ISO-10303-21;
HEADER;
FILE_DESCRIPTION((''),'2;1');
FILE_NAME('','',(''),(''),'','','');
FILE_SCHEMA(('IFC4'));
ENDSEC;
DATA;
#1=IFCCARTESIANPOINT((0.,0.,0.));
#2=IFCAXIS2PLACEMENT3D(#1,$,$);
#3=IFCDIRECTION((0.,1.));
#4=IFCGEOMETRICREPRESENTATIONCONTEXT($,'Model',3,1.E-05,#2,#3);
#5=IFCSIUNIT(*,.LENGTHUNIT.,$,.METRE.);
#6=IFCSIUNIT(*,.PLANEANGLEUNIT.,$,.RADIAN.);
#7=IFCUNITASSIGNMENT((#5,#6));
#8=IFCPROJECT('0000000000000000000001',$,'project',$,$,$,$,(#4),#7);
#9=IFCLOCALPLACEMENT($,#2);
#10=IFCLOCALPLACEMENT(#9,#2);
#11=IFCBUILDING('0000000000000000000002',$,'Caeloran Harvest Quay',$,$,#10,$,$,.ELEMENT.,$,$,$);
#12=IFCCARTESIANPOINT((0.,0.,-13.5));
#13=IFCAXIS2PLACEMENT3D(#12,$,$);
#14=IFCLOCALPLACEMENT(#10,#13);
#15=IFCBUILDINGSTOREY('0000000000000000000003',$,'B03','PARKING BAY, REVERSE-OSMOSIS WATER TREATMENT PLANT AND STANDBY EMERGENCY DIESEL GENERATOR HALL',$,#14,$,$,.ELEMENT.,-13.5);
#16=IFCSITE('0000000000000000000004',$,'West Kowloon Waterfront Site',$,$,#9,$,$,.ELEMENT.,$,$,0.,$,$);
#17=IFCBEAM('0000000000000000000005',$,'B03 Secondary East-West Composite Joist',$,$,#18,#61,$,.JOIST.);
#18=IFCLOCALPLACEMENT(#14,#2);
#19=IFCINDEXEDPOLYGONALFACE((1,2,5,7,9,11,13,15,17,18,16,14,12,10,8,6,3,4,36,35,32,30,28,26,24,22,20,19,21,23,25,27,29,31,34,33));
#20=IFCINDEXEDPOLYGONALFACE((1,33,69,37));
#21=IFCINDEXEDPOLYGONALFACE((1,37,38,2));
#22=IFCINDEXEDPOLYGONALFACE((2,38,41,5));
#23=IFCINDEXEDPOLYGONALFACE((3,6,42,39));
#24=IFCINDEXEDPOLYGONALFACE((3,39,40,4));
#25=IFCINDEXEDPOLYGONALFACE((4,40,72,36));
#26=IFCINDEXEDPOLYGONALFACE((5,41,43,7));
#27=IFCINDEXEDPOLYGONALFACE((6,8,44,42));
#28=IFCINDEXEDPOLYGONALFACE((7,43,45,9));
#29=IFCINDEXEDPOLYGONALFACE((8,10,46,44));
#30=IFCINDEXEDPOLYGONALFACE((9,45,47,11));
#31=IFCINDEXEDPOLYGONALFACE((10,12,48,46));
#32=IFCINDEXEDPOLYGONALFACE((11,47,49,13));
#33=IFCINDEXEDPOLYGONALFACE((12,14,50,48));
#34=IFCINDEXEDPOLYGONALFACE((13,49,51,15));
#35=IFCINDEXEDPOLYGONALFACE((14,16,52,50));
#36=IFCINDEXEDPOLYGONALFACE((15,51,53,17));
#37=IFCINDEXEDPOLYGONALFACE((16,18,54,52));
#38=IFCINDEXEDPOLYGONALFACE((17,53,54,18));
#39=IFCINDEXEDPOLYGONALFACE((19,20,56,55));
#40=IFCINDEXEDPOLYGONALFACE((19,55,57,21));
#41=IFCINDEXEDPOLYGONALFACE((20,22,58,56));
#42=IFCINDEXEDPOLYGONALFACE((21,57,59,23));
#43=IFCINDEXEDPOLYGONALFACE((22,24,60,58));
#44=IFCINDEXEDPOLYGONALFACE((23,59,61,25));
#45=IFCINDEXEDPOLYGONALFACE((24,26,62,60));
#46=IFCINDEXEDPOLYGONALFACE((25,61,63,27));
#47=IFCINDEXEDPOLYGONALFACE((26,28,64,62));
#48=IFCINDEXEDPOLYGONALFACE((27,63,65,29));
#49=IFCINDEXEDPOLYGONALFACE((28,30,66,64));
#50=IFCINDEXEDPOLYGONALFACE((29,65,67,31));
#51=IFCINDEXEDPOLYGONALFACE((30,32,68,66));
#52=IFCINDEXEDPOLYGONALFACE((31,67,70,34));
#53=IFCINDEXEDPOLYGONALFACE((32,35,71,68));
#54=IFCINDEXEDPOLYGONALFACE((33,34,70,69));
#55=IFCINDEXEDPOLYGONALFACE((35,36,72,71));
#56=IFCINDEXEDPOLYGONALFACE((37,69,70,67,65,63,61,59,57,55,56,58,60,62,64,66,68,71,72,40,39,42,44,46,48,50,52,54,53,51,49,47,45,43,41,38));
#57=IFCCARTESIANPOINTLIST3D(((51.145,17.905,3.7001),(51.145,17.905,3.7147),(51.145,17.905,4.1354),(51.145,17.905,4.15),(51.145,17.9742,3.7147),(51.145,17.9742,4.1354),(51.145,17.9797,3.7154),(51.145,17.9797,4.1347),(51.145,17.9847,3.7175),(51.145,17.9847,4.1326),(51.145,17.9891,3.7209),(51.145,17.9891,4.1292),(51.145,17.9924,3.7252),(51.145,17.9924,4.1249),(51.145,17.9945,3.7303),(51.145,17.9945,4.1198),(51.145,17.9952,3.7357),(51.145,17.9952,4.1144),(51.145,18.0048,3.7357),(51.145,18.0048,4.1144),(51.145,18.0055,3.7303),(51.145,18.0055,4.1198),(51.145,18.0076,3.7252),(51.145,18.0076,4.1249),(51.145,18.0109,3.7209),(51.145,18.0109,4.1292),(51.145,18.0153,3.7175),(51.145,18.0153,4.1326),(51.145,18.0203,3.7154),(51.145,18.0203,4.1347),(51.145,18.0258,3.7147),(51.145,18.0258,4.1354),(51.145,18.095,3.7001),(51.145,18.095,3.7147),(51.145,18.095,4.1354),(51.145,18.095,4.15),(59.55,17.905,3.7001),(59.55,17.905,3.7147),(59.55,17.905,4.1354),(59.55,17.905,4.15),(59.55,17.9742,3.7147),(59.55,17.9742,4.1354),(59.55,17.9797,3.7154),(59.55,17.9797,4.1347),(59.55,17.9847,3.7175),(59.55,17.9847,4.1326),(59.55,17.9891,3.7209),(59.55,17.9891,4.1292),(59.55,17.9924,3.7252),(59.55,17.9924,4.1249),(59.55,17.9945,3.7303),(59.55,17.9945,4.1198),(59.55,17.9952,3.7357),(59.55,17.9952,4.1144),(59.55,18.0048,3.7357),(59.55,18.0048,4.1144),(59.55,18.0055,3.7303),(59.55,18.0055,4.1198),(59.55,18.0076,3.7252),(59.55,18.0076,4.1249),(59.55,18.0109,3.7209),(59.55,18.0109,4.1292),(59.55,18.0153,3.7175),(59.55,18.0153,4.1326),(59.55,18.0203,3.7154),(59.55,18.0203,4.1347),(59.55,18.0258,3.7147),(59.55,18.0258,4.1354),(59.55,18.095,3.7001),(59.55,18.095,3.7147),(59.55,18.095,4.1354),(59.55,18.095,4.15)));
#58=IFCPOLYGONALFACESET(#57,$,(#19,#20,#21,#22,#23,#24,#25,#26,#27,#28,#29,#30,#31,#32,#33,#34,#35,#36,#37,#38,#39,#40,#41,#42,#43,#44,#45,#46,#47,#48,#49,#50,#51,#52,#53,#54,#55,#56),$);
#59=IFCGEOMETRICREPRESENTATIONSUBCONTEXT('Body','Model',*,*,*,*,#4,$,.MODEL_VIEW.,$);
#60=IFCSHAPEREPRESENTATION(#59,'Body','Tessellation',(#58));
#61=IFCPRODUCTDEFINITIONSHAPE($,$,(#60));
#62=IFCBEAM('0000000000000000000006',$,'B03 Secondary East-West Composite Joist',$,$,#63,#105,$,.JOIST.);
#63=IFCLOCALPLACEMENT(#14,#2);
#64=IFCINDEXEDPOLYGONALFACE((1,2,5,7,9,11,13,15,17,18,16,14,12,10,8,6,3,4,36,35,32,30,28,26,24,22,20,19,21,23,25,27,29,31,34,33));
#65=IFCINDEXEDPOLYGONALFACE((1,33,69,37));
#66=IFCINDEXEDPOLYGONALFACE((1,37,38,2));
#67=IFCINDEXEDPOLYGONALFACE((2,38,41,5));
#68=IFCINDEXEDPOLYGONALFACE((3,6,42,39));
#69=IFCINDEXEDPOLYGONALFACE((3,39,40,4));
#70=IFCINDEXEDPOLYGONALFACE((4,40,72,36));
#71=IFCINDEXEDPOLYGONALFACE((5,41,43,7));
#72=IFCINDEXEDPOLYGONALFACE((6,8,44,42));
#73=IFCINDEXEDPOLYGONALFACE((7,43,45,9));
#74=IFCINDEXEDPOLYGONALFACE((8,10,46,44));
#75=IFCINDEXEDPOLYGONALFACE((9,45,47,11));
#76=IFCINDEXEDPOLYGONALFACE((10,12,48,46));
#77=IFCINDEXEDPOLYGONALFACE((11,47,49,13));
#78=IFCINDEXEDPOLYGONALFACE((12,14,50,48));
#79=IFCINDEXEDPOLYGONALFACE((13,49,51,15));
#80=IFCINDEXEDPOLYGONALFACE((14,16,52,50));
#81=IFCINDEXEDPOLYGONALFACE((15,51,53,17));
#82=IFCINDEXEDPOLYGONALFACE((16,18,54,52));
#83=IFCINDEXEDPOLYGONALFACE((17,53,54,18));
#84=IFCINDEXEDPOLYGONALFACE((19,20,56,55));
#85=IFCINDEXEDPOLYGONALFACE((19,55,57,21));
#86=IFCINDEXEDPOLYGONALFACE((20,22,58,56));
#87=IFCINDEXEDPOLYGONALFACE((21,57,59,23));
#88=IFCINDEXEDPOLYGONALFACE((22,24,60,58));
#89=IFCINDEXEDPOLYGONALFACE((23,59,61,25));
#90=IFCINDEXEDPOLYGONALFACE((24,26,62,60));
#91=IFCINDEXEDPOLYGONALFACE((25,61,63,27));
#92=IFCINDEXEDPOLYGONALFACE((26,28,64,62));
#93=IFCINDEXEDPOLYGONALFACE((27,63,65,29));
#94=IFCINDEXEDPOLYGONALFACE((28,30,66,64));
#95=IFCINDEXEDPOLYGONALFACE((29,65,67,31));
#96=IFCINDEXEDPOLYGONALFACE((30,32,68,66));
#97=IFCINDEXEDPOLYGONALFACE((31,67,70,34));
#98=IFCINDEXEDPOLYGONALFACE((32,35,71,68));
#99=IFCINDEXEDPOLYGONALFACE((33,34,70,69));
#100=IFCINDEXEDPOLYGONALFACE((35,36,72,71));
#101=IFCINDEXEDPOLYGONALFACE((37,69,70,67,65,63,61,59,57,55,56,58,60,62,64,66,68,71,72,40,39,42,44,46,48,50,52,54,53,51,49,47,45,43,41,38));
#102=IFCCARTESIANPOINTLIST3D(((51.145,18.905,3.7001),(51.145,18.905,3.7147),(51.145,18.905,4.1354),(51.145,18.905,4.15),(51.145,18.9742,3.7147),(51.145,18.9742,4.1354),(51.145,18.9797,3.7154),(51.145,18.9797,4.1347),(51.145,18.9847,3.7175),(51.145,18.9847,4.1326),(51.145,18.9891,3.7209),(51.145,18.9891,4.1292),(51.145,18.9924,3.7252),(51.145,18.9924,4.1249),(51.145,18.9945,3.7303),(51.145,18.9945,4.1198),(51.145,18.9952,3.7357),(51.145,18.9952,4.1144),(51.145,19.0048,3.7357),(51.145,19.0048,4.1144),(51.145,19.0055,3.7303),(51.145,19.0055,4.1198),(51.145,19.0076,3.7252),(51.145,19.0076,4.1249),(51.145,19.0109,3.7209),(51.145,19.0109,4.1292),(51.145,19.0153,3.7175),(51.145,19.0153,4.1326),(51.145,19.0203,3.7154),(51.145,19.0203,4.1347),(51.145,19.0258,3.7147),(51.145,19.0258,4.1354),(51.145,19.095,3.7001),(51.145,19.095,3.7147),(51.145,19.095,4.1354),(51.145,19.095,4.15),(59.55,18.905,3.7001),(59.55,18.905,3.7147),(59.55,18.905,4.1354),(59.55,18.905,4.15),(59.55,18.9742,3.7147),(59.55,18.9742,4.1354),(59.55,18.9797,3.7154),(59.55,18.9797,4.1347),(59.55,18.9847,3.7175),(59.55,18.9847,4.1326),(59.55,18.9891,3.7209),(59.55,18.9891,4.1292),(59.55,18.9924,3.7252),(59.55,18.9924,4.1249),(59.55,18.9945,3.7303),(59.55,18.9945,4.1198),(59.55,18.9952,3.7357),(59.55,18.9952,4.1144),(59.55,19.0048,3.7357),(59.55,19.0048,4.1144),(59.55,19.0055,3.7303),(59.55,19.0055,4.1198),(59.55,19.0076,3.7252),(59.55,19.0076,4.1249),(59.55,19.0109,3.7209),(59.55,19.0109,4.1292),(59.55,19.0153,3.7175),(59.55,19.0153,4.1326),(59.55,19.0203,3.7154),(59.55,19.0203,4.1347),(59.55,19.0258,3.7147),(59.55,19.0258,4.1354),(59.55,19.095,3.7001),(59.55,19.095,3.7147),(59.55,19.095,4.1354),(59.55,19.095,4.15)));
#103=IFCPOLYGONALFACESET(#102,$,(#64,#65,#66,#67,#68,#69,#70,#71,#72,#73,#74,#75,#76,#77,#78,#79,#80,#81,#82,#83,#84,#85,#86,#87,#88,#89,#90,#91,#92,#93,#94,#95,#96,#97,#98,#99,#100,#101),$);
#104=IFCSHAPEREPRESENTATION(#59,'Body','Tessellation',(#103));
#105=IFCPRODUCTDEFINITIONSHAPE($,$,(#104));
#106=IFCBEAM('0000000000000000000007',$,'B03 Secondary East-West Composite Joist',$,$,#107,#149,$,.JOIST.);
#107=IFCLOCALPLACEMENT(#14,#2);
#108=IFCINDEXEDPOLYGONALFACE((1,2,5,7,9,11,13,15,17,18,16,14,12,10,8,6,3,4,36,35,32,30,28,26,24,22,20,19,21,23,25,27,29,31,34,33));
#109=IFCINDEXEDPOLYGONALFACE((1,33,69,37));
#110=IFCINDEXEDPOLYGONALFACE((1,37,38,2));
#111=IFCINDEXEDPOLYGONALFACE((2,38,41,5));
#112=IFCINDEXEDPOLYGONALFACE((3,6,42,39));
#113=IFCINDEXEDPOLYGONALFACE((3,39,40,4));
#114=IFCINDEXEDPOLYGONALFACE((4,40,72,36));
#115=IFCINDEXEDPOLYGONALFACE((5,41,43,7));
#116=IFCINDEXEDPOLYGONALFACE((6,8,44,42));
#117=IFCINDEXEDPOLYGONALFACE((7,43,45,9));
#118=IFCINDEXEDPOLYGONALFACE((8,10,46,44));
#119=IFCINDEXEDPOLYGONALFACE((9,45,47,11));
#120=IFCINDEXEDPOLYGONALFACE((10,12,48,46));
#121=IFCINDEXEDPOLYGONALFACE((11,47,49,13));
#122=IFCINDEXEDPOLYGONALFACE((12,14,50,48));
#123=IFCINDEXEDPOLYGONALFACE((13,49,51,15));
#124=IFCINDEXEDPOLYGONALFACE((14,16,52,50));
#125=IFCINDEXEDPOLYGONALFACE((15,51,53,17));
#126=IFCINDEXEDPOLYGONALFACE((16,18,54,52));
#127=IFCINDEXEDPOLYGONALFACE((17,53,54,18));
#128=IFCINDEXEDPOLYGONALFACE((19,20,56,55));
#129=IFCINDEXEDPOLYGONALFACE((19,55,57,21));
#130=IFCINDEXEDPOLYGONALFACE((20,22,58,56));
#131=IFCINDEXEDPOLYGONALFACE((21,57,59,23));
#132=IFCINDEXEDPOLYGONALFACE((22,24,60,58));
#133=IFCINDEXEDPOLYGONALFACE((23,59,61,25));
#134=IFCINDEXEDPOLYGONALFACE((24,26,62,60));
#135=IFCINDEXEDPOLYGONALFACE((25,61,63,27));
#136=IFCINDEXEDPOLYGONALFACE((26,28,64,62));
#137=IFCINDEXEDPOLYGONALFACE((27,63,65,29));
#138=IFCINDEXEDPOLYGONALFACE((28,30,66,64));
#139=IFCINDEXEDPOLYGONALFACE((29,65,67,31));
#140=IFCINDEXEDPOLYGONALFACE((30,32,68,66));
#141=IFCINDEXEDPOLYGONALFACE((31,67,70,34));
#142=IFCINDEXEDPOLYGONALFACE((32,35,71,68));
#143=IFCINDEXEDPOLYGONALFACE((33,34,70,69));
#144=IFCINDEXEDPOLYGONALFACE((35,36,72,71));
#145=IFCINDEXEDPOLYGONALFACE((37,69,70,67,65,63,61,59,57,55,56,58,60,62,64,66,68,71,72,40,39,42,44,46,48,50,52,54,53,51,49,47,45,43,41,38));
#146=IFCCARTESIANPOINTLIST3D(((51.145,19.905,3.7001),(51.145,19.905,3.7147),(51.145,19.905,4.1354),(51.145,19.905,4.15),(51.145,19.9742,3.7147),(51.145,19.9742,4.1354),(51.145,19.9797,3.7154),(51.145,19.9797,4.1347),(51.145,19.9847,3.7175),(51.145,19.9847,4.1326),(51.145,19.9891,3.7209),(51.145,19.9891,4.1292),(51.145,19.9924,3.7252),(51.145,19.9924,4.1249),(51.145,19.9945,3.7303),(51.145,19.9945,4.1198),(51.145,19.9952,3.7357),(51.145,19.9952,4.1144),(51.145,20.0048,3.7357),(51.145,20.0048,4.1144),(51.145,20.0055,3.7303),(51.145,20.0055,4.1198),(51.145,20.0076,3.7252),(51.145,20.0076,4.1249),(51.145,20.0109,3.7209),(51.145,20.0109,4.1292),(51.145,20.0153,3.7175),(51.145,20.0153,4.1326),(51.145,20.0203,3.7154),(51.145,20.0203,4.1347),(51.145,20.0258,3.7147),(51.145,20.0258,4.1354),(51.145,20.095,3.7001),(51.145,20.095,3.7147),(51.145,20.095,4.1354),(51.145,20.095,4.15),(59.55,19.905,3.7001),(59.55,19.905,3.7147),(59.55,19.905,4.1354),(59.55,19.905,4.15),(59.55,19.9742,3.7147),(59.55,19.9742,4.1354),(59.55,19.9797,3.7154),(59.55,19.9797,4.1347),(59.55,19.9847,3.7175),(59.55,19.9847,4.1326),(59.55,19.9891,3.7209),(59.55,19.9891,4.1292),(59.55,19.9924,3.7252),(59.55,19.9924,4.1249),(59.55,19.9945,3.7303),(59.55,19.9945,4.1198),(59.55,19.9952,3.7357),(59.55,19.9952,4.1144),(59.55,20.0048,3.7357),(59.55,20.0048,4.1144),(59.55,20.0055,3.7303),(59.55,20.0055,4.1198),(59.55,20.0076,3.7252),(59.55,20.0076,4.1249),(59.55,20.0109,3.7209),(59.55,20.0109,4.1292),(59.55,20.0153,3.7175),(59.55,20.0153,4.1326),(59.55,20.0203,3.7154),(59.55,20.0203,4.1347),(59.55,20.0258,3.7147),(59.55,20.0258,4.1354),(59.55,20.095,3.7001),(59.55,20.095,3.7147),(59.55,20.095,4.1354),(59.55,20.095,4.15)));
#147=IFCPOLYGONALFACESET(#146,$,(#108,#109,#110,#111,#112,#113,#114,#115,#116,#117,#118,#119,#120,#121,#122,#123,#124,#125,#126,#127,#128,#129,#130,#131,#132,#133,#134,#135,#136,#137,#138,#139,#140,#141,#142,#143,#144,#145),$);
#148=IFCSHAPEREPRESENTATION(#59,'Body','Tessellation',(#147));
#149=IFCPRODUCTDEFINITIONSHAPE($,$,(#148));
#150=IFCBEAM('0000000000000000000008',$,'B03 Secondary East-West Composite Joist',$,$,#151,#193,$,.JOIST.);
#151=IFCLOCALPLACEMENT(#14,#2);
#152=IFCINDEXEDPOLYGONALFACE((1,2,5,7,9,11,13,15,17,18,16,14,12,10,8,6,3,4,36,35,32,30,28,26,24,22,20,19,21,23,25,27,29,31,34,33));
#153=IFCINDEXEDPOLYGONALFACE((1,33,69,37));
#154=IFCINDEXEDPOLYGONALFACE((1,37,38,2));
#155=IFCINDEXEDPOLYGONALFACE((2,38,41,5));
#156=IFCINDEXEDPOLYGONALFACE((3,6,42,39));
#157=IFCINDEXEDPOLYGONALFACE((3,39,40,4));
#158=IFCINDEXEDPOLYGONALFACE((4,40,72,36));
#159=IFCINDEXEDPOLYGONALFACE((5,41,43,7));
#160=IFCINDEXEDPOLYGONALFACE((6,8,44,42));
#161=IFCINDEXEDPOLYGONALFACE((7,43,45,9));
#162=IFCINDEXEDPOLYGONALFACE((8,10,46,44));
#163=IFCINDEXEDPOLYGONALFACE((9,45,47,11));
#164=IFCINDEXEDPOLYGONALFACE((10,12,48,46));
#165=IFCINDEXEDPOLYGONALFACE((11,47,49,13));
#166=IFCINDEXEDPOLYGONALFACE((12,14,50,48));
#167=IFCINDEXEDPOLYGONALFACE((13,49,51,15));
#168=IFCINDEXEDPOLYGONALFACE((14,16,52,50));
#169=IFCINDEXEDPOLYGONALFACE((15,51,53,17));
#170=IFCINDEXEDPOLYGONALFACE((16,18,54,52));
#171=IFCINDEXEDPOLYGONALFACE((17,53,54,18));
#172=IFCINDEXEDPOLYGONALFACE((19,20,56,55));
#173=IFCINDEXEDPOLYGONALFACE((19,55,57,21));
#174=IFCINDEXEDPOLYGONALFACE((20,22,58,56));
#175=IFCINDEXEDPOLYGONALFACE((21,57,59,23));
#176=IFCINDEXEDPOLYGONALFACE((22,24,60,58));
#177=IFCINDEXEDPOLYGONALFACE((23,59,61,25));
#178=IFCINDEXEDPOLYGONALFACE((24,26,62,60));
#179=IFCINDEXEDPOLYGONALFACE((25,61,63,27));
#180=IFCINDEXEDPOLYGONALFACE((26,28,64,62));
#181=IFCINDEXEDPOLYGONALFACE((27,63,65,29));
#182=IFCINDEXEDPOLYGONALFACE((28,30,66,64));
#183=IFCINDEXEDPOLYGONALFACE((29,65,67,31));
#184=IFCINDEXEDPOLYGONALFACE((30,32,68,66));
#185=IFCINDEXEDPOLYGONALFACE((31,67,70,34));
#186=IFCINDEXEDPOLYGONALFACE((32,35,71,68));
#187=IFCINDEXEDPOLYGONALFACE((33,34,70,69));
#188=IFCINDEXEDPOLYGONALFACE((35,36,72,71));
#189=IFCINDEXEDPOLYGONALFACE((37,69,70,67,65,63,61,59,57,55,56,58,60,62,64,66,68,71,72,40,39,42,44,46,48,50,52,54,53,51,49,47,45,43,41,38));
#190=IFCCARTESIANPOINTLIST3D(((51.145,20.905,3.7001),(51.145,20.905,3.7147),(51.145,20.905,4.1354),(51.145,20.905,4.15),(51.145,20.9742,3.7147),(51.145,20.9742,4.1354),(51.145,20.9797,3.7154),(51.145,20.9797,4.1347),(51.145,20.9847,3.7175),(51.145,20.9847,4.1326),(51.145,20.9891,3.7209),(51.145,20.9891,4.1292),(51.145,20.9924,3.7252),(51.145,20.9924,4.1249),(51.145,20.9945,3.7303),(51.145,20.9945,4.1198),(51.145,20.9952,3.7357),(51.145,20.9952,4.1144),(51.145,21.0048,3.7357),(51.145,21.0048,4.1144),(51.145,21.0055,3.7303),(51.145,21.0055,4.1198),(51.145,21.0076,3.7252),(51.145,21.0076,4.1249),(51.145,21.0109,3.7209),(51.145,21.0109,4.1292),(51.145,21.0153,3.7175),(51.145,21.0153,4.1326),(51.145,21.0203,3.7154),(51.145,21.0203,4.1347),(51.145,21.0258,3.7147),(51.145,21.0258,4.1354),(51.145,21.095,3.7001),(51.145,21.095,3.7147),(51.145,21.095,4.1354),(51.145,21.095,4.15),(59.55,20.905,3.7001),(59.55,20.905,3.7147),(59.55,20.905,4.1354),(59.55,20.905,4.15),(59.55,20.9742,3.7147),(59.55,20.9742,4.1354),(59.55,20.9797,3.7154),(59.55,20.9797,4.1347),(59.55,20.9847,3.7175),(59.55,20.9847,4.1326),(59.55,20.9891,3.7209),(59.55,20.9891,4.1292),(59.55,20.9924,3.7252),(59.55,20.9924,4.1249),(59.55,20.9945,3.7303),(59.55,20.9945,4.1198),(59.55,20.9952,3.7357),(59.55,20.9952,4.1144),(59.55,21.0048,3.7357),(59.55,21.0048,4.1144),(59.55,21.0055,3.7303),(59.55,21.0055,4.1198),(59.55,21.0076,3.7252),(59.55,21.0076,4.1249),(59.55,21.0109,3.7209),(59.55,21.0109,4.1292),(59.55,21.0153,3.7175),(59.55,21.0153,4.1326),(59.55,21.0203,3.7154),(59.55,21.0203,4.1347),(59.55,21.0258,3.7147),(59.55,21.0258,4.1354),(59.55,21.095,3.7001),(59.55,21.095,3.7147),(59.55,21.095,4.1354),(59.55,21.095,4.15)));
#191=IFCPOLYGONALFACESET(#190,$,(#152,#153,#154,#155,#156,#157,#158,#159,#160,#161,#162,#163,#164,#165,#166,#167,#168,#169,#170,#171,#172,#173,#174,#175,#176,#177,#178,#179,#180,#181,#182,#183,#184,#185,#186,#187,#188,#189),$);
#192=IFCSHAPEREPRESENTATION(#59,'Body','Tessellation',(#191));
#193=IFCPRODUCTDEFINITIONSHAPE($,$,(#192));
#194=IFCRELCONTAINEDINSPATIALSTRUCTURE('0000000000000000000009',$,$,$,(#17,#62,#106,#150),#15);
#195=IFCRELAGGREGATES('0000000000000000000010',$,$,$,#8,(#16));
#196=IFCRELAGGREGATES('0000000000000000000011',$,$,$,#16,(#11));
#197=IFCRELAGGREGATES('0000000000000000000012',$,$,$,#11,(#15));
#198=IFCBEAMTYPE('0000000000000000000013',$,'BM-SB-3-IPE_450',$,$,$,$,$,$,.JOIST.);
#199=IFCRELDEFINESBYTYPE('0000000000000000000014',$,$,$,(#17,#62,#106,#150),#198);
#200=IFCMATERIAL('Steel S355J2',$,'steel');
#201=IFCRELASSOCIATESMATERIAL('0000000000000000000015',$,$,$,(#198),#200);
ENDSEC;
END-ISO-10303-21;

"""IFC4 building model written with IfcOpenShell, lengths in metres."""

from ifc_helpers import new_model, si_unit, direction, frame, origin, origin_2d, place, context, subcontext, project, spatial, i_section, extrude, material, material_profile, profile_set, type_object, element, save


model = new_model("IFC4")

# Units and contexts
model_context = context("Model", 3, precision=1e-05, world=origin(), true_north=direction((0.0, 1.0)))
body_context = subcontext(model_context, "Body", "Model", "MODEL_VIEW")
ifc_project = project(units=[si_unit("LENGTHUNIT", "METRE"), si_unit("PLANEANGLEUNIT", "RADIAN")], contexts=[model_context])

# Site, building, storey
site_placement = place(None, origin())
site = spatial("IfcSite", under=ifc_project, at=site_placement, Name="West Kowloon Waterfront Site", CompositionType="ELEMENT", RefElevation=0.0)
building_placement = place(site_placement, origin())
building = spatial("IfcBuilding", under=site, at=building_placement, Name="Caeloran Harvest Quay", CompositionType="ELEMENT")
storey_placement = place(building_placement, frame((0.0, 0.0, -13.5)))
storey = spatial("IfcBuildingStorey", under=building, at=storey_placement, Name="B03", Description="PARKING BAY, REVERSE-OSMOSIS WATER TREATMENT PLANT AND STANDBY EMERGENCY DIESEL GENERATOR HALL", CompositionType="ELEMENT", Elevation=-13.5)

# Beams
ifc_material_1 = material(Name="Steel S355J2", Category="steel")
ifc_material_profile_1 = material_profile(ifc_material_1, i_section(OverallWidth=0.1899, OverallDepth=0.45, WebThickness=0.0095, FlangeThickness=0.0146, FilletRadius=0.021, at=origin_2d()), Name="IPE 450")
ifc_profile_set_1 = profile_set([ifc_material_profile_1], Name="Steel S355J2")
beam_type_1 = type_object("IfcBeamType", Name="BM-SB-3-IPE_450", PredefinedType="JOIST", material=ifc_profile_set_1)
for number, where, z_axis, x_axis, name in (
    (1, (51.145, 18.0, 3.925), (1.0, 0.0, 0.0), (0.0, 1.0, 0.0), "B03 Secondary East-West Composite Joist"),
    (2, (51.145, 19.0, 3.925), (1.0, 0.0, 0.0), (0.0, 1.0, 0.0), "B03 Secondary East-West Composite Joist"),
    (3, (51.145, 20.0, 3.925), (1.0, 0.0, 0.0), (0.0, 1.0, 0.0), "B03 Secondary East-West Composite Joist"),
    (4, (51.145, 21.0, 3.925), (1.0, 0.0, 0.0), (0.0, 1.0, 0.0), "B03 Secondary East-West Composite Joist"),
):
    element("IfcBeam", number, at=place(storey_placement, frame(where, z_axis=z_axis, x_axis=x_axis)), inside=storey, type_object=beam_type_1, Name=name, PredefinedType="JOIST", context=body_context, shape_type="SweptSolid", body=[
        extrude(i_section(OverallWidth=0.1899, OverallDepth=0.45, WebThickness=0.0095, FlangeThickness=0.0146, FilletRadius=0.021, at=origin_2d()), origin(), (0.0, 0.0, 1.0), 8.405),
    ])

save(model, "model.ifc")
